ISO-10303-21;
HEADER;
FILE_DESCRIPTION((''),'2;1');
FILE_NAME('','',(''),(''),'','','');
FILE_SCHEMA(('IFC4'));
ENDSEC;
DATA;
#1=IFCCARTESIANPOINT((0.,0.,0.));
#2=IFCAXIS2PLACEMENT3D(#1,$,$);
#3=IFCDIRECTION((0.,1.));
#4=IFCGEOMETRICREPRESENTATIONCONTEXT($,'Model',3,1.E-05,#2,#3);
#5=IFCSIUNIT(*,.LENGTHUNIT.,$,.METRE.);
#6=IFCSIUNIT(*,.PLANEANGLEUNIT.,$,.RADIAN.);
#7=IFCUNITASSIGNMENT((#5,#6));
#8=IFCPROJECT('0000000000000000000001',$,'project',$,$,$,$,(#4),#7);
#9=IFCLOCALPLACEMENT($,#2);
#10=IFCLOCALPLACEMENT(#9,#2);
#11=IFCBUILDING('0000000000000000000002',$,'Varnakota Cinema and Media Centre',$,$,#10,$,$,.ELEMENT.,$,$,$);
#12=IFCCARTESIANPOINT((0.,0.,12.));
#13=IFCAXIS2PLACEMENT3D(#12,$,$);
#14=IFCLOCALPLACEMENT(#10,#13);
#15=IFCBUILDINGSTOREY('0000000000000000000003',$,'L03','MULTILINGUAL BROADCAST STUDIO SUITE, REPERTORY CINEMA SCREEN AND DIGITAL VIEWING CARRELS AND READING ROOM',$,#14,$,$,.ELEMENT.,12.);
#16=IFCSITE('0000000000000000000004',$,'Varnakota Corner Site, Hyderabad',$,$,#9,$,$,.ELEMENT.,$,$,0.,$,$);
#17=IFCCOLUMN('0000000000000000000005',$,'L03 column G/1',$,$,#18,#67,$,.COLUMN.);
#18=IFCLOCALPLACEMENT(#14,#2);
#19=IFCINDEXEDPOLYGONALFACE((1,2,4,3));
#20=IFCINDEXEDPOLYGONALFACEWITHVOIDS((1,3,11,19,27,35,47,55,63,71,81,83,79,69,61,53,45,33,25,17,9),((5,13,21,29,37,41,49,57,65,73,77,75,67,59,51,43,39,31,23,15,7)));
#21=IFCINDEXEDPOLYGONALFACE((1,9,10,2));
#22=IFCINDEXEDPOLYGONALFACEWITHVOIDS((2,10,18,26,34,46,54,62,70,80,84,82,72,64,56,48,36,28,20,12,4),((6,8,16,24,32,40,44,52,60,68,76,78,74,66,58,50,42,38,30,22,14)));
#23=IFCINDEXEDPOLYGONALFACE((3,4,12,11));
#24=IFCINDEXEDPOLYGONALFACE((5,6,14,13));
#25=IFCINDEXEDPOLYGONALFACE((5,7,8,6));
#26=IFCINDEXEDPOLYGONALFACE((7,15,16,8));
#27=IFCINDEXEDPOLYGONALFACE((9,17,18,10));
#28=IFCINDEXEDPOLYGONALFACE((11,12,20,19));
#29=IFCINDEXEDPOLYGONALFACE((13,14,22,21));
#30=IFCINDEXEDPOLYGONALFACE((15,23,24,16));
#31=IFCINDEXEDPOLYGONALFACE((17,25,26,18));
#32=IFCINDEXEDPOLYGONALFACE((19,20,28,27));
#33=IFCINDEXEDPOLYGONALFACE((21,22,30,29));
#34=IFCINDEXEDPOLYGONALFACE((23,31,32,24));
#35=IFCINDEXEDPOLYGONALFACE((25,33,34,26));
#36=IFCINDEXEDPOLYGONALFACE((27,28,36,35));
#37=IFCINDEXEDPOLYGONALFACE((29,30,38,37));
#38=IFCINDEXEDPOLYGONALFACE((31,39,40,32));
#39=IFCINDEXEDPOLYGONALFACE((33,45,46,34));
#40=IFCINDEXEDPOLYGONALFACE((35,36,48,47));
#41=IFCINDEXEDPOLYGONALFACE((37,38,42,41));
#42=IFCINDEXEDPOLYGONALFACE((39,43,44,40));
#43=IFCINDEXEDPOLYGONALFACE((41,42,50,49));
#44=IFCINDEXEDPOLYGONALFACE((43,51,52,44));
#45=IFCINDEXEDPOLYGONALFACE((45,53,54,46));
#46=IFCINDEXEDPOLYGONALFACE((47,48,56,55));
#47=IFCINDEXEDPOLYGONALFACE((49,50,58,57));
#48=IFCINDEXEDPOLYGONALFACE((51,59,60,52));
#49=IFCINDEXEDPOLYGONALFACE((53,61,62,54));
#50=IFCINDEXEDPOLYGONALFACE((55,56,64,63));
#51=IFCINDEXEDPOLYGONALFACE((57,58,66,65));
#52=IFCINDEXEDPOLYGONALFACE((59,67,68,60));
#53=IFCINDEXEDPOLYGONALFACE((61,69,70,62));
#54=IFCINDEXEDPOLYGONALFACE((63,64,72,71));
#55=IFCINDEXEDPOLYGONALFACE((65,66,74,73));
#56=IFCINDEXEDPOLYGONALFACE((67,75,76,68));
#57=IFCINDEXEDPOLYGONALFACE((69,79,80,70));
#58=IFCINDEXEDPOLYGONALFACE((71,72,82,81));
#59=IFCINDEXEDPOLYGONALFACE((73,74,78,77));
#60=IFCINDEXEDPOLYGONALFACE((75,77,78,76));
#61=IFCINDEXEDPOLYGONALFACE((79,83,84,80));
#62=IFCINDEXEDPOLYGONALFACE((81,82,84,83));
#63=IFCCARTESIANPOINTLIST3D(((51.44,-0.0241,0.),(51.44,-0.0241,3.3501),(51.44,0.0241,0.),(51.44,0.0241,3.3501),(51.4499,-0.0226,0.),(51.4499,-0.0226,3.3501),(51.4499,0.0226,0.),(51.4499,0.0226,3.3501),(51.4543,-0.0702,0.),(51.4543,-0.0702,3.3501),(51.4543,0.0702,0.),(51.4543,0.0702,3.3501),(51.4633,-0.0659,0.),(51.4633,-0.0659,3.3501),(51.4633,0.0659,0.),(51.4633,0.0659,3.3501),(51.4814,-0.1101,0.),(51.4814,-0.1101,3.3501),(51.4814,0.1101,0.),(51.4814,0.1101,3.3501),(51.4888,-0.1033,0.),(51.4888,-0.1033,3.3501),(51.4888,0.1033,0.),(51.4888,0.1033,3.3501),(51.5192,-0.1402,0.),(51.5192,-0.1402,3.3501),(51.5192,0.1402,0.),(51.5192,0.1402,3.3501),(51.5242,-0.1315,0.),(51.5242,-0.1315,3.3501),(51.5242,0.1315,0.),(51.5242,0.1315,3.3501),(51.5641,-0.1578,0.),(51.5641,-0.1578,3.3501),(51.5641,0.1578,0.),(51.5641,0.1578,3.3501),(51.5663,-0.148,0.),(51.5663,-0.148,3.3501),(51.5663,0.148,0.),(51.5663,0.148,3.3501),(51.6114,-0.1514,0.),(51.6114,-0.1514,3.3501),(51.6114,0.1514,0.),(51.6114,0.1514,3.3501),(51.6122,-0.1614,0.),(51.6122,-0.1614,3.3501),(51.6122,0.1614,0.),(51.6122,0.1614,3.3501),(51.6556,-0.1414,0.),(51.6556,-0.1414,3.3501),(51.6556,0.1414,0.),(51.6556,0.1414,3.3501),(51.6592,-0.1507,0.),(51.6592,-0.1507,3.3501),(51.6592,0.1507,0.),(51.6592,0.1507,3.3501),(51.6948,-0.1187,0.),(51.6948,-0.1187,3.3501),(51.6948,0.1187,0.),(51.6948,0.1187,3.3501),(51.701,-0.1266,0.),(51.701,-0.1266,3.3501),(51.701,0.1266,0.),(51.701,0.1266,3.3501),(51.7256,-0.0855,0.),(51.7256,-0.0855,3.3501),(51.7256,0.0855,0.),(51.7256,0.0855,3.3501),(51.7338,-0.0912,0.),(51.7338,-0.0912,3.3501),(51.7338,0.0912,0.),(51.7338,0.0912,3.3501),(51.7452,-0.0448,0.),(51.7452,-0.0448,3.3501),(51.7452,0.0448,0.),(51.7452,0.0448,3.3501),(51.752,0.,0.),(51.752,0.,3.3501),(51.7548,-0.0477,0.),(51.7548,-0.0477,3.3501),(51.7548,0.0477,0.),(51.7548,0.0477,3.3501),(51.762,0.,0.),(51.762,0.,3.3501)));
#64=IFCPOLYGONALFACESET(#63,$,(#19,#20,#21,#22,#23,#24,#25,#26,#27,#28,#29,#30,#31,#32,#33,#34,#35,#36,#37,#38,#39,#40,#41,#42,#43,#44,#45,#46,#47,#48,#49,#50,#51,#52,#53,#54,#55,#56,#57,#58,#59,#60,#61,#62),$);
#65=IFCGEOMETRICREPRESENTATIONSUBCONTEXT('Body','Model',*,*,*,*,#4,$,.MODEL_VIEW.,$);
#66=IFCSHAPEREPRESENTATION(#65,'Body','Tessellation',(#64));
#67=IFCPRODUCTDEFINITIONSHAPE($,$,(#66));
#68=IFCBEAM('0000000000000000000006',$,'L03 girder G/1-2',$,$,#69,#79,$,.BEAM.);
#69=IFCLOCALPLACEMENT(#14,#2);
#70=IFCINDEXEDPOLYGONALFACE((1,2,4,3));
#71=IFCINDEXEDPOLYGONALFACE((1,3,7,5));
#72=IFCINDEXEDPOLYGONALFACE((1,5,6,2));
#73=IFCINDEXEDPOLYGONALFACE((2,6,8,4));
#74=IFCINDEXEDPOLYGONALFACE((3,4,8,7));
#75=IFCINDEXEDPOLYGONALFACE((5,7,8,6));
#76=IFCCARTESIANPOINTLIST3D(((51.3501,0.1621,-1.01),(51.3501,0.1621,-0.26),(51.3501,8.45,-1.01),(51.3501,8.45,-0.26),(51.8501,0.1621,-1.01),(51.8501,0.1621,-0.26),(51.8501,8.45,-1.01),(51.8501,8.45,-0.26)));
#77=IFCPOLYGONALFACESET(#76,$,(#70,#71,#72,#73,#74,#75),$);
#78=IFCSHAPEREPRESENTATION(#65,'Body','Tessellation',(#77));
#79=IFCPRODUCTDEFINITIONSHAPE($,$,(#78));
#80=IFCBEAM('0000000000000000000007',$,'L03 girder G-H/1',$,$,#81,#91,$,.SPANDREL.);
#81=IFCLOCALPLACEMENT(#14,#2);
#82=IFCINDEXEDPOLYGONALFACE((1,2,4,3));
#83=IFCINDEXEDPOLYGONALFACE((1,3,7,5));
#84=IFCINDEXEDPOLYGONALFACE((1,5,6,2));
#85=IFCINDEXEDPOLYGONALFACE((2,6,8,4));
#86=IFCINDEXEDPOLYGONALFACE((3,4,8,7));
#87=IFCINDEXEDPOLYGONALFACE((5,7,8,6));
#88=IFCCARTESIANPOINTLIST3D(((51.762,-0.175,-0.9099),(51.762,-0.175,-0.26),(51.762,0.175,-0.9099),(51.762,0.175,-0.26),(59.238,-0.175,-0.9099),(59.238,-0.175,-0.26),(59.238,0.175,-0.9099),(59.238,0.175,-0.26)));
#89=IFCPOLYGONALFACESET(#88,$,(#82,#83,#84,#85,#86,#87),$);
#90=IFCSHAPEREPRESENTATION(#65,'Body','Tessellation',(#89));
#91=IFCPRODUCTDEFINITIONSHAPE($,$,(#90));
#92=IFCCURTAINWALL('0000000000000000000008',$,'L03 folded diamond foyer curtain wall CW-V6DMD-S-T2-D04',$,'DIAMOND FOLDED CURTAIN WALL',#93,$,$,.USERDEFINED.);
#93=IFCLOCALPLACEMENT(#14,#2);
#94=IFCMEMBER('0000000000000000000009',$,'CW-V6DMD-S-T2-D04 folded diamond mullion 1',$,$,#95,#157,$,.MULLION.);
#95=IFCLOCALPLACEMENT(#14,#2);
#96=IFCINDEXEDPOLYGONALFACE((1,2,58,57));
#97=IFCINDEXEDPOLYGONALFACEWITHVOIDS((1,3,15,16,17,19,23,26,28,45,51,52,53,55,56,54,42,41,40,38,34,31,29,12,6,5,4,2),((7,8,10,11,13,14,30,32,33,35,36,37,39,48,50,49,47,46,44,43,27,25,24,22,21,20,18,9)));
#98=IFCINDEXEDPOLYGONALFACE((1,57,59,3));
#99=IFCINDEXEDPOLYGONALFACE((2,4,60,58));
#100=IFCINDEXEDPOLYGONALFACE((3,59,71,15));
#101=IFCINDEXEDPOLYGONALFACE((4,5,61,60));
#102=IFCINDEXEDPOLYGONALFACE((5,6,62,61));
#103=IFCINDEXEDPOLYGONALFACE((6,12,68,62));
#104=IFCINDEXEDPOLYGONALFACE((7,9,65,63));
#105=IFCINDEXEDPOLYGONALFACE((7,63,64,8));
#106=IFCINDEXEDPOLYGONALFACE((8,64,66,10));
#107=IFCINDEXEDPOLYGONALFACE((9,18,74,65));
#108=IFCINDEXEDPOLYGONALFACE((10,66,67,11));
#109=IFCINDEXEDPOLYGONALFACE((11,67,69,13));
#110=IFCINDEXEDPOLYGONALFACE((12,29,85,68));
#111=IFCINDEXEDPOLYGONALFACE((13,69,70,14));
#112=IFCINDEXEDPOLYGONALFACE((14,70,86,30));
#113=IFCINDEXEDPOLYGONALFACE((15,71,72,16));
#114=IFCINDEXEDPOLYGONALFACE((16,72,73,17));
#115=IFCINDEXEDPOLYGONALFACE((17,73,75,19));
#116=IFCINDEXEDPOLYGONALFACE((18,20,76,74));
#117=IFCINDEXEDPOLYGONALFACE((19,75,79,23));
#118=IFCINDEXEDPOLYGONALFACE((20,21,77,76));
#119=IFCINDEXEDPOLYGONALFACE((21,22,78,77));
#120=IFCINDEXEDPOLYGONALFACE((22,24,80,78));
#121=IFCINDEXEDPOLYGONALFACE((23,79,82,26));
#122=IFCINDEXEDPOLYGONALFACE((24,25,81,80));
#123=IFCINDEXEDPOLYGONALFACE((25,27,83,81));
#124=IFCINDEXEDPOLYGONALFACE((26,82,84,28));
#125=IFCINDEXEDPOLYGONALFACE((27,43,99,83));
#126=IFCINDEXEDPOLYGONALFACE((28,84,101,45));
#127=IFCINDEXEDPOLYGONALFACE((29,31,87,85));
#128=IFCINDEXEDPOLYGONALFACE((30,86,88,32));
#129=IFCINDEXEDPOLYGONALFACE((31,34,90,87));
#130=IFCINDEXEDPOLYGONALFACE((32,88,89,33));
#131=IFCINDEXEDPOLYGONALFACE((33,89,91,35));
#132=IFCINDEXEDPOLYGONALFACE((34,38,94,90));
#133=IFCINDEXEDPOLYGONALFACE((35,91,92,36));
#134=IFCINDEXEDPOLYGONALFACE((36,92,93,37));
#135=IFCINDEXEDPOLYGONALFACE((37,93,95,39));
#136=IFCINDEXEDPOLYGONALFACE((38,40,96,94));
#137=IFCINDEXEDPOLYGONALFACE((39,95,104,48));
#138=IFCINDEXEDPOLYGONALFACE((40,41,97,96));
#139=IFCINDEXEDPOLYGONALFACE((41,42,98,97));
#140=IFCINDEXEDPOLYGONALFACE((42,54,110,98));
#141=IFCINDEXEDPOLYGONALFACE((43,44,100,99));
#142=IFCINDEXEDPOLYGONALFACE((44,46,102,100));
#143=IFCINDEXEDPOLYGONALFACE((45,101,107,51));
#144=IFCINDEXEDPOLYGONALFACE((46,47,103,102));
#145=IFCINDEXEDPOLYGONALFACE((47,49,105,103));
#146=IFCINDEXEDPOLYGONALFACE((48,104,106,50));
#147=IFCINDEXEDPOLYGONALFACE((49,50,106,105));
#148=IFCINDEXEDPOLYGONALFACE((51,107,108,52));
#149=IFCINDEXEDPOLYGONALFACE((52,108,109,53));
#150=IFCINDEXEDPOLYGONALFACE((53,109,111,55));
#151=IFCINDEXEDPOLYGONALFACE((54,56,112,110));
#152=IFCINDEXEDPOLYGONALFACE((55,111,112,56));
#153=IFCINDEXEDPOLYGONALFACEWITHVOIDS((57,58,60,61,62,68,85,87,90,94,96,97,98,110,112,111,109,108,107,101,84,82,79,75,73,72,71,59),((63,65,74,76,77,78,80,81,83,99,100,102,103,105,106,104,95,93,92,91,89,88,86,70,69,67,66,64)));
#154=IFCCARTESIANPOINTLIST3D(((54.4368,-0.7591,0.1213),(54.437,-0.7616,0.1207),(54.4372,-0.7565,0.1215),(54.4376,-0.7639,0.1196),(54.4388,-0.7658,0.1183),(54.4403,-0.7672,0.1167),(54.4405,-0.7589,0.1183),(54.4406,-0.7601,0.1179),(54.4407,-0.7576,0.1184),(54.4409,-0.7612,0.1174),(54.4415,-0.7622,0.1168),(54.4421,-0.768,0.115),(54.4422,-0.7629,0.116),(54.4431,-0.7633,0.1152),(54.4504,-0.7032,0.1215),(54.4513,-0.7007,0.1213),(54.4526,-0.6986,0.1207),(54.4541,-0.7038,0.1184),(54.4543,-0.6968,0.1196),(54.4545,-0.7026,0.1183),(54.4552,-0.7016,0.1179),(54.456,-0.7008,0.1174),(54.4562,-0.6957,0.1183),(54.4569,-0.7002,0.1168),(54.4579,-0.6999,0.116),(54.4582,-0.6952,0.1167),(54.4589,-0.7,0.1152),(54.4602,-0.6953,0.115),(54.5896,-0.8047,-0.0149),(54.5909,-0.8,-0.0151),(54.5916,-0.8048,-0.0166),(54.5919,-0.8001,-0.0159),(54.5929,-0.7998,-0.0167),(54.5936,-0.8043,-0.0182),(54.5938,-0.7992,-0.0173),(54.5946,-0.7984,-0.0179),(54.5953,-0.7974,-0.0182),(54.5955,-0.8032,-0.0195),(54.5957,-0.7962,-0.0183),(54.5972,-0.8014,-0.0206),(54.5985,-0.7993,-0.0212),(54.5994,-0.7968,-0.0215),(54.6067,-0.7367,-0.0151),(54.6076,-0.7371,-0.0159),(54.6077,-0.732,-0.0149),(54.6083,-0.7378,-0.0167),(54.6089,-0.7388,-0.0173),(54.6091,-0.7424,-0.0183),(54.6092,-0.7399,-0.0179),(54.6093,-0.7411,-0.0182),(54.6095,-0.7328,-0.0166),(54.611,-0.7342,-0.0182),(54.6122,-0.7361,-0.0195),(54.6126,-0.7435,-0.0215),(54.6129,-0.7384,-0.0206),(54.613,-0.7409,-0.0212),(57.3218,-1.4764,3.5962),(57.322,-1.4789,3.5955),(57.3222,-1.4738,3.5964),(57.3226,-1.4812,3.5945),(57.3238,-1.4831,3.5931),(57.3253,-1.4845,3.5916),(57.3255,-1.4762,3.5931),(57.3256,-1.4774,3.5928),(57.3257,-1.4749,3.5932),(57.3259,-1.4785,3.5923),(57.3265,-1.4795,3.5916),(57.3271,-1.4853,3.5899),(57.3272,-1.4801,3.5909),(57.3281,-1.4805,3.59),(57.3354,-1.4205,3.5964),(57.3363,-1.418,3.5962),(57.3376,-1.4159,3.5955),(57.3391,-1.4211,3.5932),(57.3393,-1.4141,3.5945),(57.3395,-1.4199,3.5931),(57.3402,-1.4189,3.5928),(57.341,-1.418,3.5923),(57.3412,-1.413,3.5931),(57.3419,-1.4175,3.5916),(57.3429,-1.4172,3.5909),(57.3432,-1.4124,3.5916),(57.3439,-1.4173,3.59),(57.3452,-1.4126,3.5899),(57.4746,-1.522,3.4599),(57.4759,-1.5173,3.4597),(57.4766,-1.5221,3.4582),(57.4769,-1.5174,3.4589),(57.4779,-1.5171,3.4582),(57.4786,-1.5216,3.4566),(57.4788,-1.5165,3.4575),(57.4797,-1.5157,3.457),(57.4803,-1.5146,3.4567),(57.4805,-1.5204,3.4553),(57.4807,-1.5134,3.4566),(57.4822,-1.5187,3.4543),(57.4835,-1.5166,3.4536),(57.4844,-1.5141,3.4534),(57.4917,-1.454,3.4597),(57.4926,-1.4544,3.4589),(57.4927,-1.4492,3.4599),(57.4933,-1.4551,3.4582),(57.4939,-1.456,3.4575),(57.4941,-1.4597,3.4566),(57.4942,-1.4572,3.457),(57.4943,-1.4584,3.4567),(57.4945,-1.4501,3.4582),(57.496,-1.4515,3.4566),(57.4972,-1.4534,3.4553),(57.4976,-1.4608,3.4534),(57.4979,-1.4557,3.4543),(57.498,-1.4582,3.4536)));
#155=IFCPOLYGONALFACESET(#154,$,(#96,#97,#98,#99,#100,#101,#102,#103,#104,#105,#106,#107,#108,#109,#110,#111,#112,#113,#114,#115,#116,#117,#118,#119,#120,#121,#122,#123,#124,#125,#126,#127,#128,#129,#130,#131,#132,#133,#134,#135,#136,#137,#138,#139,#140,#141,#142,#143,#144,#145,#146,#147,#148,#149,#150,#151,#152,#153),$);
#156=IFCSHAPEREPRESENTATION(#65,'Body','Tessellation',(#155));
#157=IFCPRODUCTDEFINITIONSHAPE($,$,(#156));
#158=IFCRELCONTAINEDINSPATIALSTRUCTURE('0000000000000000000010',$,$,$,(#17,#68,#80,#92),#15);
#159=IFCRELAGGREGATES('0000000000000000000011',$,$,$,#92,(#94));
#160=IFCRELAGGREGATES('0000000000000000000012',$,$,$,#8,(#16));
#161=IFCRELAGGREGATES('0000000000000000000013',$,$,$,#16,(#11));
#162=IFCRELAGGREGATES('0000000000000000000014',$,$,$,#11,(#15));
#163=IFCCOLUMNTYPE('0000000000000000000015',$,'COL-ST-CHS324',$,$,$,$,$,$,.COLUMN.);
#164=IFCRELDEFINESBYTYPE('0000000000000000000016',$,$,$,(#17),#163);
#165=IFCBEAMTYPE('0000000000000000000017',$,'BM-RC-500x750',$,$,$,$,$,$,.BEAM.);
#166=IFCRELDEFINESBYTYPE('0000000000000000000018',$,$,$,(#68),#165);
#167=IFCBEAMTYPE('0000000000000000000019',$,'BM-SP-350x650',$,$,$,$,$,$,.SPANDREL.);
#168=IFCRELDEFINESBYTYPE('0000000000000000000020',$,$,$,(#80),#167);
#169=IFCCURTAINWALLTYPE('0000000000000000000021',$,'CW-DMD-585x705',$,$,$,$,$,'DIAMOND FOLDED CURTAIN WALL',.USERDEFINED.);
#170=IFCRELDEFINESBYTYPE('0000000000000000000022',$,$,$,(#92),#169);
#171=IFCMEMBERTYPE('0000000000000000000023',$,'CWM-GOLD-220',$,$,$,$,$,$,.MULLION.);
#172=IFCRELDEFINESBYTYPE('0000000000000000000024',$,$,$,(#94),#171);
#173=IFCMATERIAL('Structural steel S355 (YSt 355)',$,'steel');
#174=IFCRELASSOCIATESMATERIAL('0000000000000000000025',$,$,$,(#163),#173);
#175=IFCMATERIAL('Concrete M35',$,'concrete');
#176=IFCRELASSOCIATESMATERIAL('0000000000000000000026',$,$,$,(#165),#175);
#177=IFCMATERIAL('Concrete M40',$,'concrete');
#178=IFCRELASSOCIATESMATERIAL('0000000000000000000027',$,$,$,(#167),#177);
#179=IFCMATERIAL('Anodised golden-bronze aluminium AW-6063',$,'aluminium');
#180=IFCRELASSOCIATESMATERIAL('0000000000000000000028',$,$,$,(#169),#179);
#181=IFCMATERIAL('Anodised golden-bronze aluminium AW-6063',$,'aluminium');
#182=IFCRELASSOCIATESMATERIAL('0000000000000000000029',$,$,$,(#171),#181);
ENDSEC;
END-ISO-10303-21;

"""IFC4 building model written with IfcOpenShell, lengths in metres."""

from ifc_helpers import new_model, si_unit, direction, frame, origin, origin_2d, place, context, subcontext, project, spatial, rectangle, hollow_rectangle, hollow_circle, extrude, material, material_profile, profile_set, type_object, element, aggregate, save


model = new_model("IFC4")

# Units and contexts
model_context = context("Model", 3, precision=1e-05, world=origin(), true_north=direction((0.0, 1.0)))
body_context = subcontext(model_context, "Body", "Model", "MODEL_VIEW")
ifc_project = project(units=[si_unit("LENGTHUNIT", "METRE"), si_unit("PLANEANGLEUNIT", "RADIAN")], contexts=[model_context])

# Site, building, storey
site_placement = place(None, origin())
site = spatial("IfcSite", under=ifc_project, at=site_placement, Name="Varnakota Corner Site, Hyderabad", CompositionType="ELEMENT", RefElevation=0.0)
building_placement = place(site_placement, origin())
building = spatial("IfcBuilding", under=site, at=building_placement, Name="Varnakota Cinema and Media Centre", CompositionType="ELEMENT")
storey_placement = place(building_placement, frame((0.0, 0.0, 12.0)))
storey = spatial("IfcBuildingStorey", under=building, at=storey_placement, Name="L03", Description="MULTILINGUAL BROADCAST STUDIO SUITE, REPERTORY CINEMA SCREEN AND DIGITAL VIEWING CARRELS AND READING ROOM", CompositionType="ELEMENT", Elevation=12.0)

# Column
ifc_material_1 = material(Name="Structural steel S355 (YSt 355)", Category="steel")
ifc_material_profile_1 = material_profile(ifc_material_1, hollow_circle(Radius=0.1619, WallThickness=0.01, at=origin_2d()), Name="CHS 323.9x10.0")
ifc_profile_set_1 = profile_set([ifc_material_profile_1], Name="Structural steel S355 (YSt 355)")
column_type = type_object("IfcColumnType", Name="COL-ST-CHS324", PredefinedType="COLUMN", material=ifc_profile_set_1)
column_placement = place(storey_placement, frame((51.6001, 0.0, 0.0), z_axis=(0.0, 0.0, 1.0), x_axis=(1.0, 0.0, 0.0)))
element("IfcColumn", 1, at=column_placement, inside=storey, type_object=column_type, Name="L03 column G/1", PredefinedType="COLUMN", context=body_context, shape_type="SweptSolid", body=[
    extrude(hollow_circle(Radius=0.1619, WallThickness=0.01, at=origin_2d()), origin(), (0.0, 0.0, 1.0), 3.3501),
])

# Beams
ifc_material_2 = material(Name="Concrete M35", Category="concrete")
ifc_material_profile_2 = material_profile(ifc_material_2, rectangle(XDim=0.5, YDim=0.75, at=origin_2d()), Name="RCB 500x750")
ifc_profile_set_2 = profile_set([ifc_material_profile_2], Name="Concrete M35")
beam_type_1 = type_object("IfcBeamType", Name="BM-RC-500x750", PredefinedType="BEAM", material=ifc_profile_set_2)
beam_1_placement = place(storey_placement, frame((51.6001, 0.1621, -0.635), z_axis=(0.0, 1.0, 0.0), x_axis=(-1.0, 0.0, 0.0)))
element("IfcBeam", 2, at=beam_1_placement, inside=storey, type_object=beam_type_1, Name="L03 girder G/1-2", PredefinedType="BEAM", context=body_context, shape_type="SweptSolid", body=[
    extrude(rectangle(XDim=0.5, YDim=0.75, at=origin_2d()), origin(), (0.0, 0.0, 1.0), 8.2878),
])
ifc_material_3 = material(Name="Concrete M40", Category="concrete")
ifc_material_profile_3 = material_profile(ifc_material_3, rectangle(XDim=0.3501, YDim=0.6499, at=origin_2d()), Name="RCB 350x650")
ifc_profile_set_3 = profile_set([ifc_material_profile_3], Name="Concrete M40")
beam_type_2 = type_object("IfcBeamType", Name="BM-SP-350x650", PredefinedType="SPANDREL", material=ifc_profile_set_3)
beam_2_placement = place(storey_placement, frame((51.762, 0.0, -0.585), z_axis=(1.0, 0.0, 0.0), x_axis=(0.0, 1.0, 0.0)))
element("IfcBeam", 3, at=beam_2_placement, inside=storey, type_object=beam_type_2, Name="L03 girder G-H/1", PredefinedType="SPANDREL", context=body_context, shape_type="SweptSolid", body=[
    extrude(rectangle(XDim=0.3501, YDim=0.6499, at=origin_2d()), origin(), (0.0, 0.0, 1.0), 7.4761),
])

# Curtain wall, member
ifc_material_4 = material(Name="Anodised golden-bronze aluminium AW-6063", Category="aluminium")
curtain_wall_type_1 = type_object("IfcCurtainWallType", Name="CW-DMD-585x705", ElementType="DIAMOND FOLDED CURTAIN WALL", PredefinedType="USERDEFINED", material=ifc_material_4)
curtain_wall_1_placement = place(storey_placement, origin())
curtain_wall_1 = element("IfcCurtainWall", 4, at=curtain_wall_1_placement, inside=storey, type_object=curtain_wall_type_1, Name="L03 folded diamond foyer curtain wall CW-V6DMD-S-T2-D04", ObjectType="DIAMOND FOLDED CURTAIN WALL", PredefinedType="USERDEFINED")
ifc_material_5 = material(Name="Anodised golden-bronze aluminium AW-6063", Category="aluminium")
ifc_material_profile_4 = material_profile(ifc_material_5, hollow_rectangle(XDim=0.075, YDim=0.22, WallThickness=0.0049, InnerFilletRadius=0.0049, OuterFilletRadius=0.01, at=origin_2d()), Name="AL-MULLION 220x75x5")
ifc_profile_set_4 = profile_set([ifc_material_profile_4], Name="Anodised golden-bronze aluminium AW-6063")
member_type_1 = type_object("IfcMemberType", Name="CWM-GOLD-220", PredefinedType="MULLION", material=ifc_profile_set_4)
member_1_placement = place(storey_placement, frame((54.5249, -0.75, 0.05), z_axis=(0.630878, -0.156852, 0.759862), x_axis=(0.241279, 0.970456, 0.0)))
member_1 = element("IfcMember", 5, at=member_1_placement, type_object=member_type_1, Name="CW-V6DMD-S-T2-D04 folded diamond mullion 1", PredefinedType="MULLION", context=body_context, shape_type="SweptSolid", body=[
    extrude(hollow_rectangle(XDim=0.075, YDim=0.22, WallThickness=0.0049, InnerFilletRadius=0.0049, OuterFilletRadius=0.01, at=origin_2d()), origin(), (0.0, 0.0, 1.0), 4.573),
])

aggregate(curtain_wall_1, [member_1])

save(model, "model.ifc")
